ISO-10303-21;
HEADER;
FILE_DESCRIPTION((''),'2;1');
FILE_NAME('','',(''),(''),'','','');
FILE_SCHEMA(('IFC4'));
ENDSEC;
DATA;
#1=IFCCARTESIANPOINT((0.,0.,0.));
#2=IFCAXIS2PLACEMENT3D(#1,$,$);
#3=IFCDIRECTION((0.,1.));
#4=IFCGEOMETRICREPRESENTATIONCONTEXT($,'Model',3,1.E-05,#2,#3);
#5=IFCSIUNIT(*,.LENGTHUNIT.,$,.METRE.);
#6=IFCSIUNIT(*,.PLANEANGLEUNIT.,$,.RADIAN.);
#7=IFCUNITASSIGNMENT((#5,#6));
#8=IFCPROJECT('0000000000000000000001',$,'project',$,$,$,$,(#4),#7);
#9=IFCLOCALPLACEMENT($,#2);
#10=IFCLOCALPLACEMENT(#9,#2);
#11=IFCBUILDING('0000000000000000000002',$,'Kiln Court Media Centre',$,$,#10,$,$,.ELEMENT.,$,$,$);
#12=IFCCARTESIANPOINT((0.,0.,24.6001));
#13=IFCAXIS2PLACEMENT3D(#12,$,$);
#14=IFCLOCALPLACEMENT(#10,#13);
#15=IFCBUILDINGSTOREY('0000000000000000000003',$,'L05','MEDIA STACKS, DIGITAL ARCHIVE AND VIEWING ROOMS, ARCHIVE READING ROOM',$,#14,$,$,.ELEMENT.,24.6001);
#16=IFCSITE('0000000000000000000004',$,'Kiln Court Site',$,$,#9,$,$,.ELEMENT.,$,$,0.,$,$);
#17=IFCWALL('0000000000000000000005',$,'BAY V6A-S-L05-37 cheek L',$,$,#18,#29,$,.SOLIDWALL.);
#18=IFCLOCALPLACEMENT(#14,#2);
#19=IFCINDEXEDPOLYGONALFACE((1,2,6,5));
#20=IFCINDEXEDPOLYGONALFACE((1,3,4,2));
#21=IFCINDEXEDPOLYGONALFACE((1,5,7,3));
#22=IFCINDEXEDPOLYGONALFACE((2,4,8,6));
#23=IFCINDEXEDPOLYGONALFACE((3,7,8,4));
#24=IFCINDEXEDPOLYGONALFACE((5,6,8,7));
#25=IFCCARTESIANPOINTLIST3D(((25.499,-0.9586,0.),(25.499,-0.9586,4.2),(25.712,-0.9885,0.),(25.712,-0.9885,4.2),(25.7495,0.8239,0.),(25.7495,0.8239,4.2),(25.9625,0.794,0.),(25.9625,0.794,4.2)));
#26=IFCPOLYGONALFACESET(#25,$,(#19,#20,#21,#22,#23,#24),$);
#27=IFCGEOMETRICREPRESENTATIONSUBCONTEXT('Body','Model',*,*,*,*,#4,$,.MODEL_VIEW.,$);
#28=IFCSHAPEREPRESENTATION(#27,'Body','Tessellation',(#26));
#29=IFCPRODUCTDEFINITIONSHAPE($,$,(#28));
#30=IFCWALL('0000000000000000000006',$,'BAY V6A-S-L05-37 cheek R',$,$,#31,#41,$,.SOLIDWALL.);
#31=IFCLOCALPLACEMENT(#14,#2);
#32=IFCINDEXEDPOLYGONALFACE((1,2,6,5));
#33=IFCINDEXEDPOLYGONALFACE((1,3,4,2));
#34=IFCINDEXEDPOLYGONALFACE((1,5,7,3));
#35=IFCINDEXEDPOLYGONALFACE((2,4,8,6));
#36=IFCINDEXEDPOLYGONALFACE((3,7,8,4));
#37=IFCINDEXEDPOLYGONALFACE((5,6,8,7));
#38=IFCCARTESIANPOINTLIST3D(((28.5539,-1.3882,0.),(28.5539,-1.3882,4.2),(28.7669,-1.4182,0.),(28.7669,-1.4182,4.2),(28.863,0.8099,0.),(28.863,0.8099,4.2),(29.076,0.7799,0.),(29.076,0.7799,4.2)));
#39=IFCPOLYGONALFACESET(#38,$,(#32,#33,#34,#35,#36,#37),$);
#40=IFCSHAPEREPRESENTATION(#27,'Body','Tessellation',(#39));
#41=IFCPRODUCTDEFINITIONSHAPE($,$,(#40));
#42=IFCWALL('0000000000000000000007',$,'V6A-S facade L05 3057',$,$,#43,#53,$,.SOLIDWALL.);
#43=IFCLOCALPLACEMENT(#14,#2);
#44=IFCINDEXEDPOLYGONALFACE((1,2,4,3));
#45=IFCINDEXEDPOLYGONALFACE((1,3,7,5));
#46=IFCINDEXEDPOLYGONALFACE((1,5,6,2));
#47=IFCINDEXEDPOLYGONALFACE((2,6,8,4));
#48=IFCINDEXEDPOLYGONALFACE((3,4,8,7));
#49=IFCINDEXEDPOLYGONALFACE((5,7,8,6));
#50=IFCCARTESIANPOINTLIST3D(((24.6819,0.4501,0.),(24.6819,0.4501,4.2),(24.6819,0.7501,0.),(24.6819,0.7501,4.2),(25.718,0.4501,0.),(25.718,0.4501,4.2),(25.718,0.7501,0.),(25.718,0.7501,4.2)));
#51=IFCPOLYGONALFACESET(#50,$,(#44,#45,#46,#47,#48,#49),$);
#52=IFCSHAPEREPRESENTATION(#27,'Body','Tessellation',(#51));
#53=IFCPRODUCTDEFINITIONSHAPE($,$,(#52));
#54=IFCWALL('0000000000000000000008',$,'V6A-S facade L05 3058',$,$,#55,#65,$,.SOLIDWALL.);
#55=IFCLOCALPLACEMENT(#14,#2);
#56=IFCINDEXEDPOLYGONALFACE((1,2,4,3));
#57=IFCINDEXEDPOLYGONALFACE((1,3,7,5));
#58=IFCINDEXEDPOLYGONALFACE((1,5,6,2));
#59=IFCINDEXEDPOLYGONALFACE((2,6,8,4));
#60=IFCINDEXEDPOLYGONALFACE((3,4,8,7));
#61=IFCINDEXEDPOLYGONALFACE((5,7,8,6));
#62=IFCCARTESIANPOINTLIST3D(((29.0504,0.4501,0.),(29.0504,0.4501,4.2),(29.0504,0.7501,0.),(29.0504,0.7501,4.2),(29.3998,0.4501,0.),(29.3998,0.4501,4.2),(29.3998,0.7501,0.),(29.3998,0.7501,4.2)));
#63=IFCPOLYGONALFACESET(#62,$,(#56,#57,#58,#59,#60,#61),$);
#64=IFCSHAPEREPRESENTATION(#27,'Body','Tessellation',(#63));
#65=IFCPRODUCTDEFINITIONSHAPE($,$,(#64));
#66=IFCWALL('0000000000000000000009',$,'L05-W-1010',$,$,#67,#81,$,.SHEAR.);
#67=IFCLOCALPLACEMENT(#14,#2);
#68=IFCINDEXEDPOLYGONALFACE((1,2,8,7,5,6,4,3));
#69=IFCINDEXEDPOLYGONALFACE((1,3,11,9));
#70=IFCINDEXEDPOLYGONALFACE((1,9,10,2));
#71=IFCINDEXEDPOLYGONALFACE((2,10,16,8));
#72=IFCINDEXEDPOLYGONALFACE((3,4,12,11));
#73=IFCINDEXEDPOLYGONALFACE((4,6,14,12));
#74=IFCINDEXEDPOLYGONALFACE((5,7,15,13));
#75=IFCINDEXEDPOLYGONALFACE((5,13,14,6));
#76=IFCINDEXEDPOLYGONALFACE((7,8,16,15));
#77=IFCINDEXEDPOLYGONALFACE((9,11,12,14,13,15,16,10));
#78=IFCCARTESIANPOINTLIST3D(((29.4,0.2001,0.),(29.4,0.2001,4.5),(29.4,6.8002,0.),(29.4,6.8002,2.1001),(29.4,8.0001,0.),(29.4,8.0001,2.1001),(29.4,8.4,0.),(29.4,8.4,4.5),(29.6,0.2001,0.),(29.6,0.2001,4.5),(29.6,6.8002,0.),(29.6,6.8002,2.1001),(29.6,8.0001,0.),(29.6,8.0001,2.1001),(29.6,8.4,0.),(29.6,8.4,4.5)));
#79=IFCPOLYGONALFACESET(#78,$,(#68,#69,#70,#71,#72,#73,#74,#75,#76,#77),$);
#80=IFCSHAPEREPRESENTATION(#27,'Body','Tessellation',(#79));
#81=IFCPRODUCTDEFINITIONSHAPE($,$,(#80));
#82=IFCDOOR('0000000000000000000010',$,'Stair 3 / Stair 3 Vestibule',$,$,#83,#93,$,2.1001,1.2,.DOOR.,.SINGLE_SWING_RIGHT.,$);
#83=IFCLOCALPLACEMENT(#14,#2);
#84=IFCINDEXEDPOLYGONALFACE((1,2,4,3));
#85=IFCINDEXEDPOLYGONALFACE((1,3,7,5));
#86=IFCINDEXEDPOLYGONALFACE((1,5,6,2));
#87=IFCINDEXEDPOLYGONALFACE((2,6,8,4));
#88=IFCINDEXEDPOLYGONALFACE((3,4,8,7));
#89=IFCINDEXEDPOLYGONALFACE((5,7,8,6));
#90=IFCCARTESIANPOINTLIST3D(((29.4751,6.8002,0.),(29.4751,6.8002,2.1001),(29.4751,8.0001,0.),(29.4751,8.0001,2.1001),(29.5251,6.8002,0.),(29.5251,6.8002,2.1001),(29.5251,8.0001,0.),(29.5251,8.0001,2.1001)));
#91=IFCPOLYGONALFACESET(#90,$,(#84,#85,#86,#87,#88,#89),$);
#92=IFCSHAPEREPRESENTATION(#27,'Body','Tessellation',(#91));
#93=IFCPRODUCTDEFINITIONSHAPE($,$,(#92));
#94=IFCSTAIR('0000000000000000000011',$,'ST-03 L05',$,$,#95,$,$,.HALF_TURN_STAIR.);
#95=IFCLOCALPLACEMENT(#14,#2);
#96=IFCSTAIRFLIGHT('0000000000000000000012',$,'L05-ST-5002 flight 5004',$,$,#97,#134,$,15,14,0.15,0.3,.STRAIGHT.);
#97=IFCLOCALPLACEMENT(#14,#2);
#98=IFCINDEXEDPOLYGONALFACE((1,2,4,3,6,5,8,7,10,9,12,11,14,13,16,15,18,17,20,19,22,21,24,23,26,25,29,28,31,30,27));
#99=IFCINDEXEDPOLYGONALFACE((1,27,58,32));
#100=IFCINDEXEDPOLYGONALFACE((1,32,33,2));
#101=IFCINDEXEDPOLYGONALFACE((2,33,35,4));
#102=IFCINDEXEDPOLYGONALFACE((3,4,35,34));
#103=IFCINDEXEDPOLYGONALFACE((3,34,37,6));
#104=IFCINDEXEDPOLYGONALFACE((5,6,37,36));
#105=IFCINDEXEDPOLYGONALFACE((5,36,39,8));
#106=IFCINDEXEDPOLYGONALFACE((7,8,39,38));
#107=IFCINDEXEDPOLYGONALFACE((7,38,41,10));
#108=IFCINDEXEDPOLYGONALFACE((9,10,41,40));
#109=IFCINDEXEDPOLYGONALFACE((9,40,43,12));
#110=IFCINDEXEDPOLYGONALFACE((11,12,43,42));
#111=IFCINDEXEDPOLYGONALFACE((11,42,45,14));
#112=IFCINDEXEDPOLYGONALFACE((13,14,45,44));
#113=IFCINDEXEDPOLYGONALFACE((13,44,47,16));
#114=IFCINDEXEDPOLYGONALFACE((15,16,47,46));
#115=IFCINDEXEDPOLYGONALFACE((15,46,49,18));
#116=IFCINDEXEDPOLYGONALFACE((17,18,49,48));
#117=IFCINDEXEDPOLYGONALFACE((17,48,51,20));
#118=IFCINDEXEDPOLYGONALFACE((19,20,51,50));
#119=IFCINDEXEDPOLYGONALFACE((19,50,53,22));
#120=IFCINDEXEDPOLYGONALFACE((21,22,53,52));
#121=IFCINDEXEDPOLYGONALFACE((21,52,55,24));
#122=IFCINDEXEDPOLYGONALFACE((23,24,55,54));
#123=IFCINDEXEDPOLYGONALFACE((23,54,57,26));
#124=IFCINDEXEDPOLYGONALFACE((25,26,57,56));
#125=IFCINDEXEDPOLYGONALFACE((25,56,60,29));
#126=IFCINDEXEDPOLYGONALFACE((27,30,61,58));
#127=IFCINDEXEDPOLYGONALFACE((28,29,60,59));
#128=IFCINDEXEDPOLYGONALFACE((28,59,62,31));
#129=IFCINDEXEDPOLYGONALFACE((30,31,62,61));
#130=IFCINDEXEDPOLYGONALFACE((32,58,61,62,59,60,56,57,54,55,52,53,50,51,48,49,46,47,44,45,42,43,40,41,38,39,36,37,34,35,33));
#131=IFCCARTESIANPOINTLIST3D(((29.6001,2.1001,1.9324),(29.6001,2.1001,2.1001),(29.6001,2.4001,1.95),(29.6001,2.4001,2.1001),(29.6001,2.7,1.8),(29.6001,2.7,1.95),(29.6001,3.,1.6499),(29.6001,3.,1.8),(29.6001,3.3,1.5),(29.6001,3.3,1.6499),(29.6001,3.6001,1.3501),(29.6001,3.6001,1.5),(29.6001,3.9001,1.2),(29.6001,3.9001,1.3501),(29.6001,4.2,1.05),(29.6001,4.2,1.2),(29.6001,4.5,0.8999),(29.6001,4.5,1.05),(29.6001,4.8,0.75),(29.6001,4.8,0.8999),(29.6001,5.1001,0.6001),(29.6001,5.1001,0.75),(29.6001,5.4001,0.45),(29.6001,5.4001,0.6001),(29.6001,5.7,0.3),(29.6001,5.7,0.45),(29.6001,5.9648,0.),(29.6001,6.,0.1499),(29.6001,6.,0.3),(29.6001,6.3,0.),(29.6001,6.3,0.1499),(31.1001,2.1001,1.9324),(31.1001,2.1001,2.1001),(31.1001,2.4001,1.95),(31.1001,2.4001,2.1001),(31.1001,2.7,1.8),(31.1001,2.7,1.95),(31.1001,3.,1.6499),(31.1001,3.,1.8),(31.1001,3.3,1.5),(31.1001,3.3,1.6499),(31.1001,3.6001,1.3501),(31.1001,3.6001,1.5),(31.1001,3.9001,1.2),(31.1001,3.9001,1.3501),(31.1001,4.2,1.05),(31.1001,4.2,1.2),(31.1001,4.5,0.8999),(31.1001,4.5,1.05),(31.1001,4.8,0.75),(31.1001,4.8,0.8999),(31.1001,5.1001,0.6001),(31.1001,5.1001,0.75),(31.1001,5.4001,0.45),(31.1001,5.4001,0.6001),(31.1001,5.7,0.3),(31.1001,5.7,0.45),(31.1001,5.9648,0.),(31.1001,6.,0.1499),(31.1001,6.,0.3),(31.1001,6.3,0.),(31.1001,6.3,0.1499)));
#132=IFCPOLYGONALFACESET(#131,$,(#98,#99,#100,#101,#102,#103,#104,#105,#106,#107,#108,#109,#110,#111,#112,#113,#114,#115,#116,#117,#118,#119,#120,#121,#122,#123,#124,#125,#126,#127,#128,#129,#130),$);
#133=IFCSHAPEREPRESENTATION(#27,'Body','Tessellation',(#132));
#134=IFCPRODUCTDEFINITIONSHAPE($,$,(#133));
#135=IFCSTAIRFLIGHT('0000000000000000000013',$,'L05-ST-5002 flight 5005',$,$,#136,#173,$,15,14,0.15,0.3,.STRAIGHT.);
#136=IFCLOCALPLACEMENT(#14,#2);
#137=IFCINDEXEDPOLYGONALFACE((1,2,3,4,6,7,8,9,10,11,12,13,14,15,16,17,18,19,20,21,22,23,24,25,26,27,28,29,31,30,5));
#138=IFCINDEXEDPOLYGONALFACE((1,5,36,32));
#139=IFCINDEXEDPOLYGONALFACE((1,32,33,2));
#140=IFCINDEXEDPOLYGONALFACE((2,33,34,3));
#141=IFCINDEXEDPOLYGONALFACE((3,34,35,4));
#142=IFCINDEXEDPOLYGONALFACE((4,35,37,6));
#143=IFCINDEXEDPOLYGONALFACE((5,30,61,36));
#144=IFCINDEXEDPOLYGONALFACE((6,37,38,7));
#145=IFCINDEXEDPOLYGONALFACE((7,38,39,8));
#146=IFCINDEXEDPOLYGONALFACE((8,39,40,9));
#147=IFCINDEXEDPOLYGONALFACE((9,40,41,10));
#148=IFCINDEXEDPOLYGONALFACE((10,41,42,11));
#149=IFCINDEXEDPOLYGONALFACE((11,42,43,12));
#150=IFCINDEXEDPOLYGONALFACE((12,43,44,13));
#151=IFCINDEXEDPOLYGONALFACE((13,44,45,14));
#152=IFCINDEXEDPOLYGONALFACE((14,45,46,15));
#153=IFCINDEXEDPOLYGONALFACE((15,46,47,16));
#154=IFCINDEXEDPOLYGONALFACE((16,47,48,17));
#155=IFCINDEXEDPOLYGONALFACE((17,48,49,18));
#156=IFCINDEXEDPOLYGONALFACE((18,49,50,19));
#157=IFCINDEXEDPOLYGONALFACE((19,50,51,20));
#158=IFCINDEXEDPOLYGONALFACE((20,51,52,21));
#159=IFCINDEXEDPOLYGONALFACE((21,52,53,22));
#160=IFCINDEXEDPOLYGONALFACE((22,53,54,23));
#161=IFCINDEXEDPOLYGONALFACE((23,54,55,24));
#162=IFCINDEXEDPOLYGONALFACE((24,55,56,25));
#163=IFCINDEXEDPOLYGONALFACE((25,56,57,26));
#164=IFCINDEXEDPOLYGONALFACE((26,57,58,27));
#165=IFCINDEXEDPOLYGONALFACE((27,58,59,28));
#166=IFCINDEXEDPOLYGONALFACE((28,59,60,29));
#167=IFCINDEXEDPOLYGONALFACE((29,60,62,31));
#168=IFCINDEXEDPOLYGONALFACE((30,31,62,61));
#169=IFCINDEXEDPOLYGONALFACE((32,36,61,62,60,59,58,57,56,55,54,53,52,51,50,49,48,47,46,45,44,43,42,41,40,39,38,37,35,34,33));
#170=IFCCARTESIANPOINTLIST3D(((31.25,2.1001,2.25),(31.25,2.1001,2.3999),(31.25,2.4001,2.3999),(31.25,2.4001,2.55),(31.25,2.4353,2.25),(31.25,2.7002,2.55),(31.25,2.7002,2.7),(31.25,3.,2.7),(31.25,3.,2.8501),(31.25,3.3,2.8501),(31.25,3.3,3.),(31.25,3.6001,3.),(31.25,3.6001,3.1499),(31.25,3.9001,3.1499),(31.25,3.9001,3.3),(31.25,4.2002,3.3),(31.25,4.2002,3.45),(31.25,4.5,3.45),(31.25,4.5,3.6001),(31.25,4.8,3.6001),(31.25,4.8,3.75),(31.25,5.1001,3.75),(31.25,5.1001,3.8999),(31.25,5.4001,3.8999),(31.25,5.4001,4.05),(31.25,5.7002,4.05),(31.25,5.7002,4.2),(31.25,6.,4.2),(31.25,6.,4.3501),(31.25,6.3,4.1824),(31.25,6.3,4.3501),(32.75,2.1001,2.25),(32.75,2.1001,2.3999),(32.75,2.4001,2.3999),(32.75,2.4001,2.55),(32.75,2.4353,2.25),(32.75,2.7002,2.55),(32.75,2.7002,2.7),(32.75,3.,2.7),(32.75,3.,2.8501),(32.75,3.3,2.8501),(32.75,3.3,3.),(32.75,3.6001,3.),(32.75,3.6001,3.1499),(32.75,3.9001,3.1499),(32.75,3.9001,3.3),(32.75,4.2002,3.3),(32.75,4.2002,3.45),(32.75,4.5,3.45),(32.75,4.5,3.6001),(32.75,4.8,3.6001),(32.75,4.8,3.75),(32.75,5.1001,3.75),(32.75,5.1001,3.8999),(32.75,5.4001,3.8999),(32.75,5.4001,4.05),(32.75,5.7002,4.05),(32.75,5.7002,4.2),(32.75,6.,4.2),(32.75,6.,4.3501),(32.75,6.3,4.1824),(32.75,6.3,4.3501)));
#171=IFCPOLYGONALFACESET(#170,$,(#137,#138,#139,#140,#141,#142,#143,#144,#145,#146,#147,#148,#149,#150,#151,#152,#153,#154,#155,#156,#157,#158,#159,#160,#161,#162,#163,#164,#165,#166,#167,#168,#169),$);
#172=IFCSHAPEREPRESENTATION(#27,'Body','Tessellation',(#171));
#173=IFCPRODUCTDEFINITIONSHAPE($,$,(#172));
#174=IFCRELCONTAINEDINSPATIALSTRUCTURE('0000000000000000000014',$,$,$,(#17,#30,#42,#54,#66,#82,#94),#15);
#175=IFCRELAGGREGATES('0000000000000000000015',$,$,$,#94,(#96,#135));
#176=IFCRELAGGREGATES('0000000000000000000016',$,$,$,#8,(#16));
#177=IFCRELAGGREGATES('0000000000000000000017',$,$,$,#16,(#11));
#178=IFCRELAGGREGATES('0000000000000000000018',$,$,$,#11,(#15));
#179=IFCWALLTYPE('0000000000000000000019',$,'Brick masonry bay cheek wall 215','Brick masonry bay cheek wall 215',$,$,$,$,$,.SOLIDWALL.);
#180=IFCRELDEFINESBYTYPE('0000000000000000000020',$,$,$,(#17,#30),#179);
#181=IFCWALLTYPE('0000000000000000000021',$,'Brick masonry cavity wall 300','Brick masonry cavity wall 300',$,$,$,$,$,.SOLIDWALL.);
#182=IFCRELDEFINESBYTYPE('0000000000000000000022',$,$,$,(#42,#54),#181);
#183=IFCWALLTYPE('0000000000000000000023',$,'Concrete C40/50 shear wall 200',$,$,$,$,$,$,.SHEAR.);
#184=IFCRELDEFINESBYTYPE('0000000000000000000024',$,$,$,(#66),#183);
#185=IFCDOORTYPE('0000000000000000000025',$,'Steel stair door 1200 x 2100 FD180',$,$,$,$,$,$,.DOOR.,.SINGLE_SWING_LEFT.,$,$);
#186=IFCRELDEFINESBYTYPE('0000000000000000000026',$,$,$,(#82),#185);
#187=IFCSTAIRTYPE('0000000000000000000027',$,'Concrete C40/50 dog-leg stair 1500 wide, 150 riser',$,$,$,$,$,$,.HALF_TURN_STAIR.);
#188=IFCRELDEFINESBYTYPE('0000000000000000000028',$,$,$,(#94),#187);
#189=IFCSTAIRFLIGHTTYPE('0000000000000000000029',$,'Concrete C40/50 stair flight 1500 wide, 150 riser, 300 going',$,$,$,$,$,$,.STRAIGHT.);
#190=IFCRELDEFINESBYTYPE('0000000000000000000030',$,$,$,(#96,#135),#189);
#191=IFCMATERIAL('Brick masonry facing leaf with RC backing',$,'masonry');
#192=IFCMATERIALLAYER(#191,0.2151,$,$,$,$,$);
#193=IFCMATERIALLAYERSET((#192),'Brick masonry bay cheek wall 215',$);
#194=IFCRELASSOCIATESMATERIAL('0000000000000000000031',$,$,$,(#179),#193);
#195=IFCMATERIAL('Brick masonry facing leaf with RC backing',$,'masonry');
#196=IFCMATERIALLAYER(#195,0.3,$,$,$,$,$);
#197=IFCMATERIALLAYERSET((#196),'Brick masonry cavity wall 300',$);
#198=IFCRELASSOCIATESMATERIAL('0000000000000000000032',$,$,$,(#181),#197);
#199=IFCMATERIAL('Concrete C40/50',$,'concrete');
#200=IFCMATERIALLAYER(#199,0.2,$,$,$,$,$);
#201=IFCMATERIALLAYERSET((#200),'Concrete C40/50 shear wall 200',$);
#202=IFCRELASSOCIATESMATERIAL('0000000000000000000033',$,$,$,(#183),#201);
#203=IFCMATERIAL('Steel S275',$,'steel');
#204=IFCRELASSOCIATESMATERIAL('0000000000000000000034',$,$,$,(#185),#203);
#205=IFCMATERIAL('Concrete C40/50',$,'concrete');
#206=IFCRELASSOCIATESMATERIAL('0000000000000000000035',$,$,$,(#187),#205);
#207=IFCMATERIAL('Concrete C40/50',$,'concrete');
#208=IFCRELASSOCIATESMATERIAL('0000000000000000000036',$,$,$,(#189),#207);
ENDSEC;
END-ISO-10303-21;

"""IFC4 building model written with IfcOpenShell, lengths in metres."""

from ifc_helpers import new_model, si_unit, direction, frame, frame_2d, origin, place, context, subcontext, project, spatial, polyline, rectangle, outline, extrude, material, layer, layer_set, type_object, element, fill, aggregate, save


model = new_model("IFC4")

# Units and contexts
model_context = context("Model", 3, precision=1e-05, world=origin(), true_north=direction((0.0, 1.0)))
body_context = subcontext(model_context, "Body", "Model", "MODEL_VIEW")
ifc_project = project(units=[si_unit("LENGTHUNIT", "METRE"), si_unit("PLANEANGLEUNIT", "RADIAN")], contexts=[model_context])

# Site, building, storey
site_placement = place(None, origin())
site = spatial("IfcSite", under=ifc_project, at=site_placement, Name="Kiln Court Site", CompositionType="ELEMENT", RefElevation=0.0)
building_placement = place(site_placement, origin())
building = spatial("IfcBuilding", under=site, at=building_placement, Name="Kiln Court Media Centre", CompositionType="ELEMENT")
storey_placement = place(building_placement, frame((0.0, 0.0, 24.6001)))
storey = spatial("IfcBuildingStorey", under=building, at=storey_placement, Name="L05", Description="MEDIA STACKS, DIGITAL ARCHIVE AND VIEWING ROOMS, ARCHIVE READING ROOM", CompositionType="ELEMENT", Elevation=24.6001)

# Walls
ifc_material_1 = material(Name="Brick masonry facing leaf with RC backing", Category="masonry")
ifc_layer_1 = layer(ifc_material_1, 0.2151)
ifc_layer_set_1 = layer_set([ifc_layer_1], Name="Brick masonry bay cheek wall 215")
wall_type_1 = type_object("IfcWallType", Name="Brick masonry bay cheek wall 215", Description="Brick masonry bay cheek wall 215", PredefinedType="SOLIDWALL", material=ifc_layer_set_1)
wall_1_placement = place(storey_placement, frame((25.856, 0.8088, 0.0), z_axis=(0.0, 0.0, 1.0), x_axis=(-0.139161, -0.99027, 0.0)))
element("IfcWall", 1, at=wall_1_placement, inside=storey, type_object=wall_type_1, Name="BAY V6A-S-L05-37 cheek L", PredefinedType="SOLIDWALL", context=body_context, shape_type="SweptSolid", body=[
    extrude(rectangle(XDim=1.8, YDim=0.2151, at=frame_2d((0.8999, 0.0))), origin(), (0.0, 0.0, 1.0), 4.2),
])
wall_2_placement = place(storey_placement, frame((28.9695, 0.7949, 0.0), z_axis=(0.0, 0.0, 1.0), x_axis=(-0.13925, -0.990257, 0.0)))
element("IfcWall", 2, at=wall_2_placement, inside=storey, type_object=wall_type_1, Name="BAY V6A-S-L05-37 cheek R", PredefinedType="SOLIDWALL", context=body_context, shape_type="SweptSolid", body=[
    extrude(rectangle(XDim=2.2197, YDim=0.2151, at=frame_2d((1.1099, 0.0))), origin(), (0.0, 0.0, 1.0), 4.2),
])
ifc_material_2 = material(Name="Brick masonry facing leaf with RC backing", Category="masonry")
ifc_layer_2 = layer(ifc_material_2, 0.3)
ifc_layer_set_2 = layer_set([ifc_layer_2], Name="Brick masonry cavity wall 300")
wall_type_2 = type_object("IfcWallType", Name="Brick masonry cavity wall 300", Description="Brick masonry cavity wall 300", PredefinedType="SOLIDWALL", material=ifc_layer_set_2)
wall_3_placement = place(storey_placement, frame((25.718, 0.6001, 0.0), z_axis=(0.0, 0.0, 1.0), x_axis=(-1.0, 0.0, 0.0)))
element("IfcWall", 3, at=wall_3_placement, inside=storey, type_object=wall_type_2, Name="V6A-S facade L05 3057", PredefinedType="SOLIDWALL", context=body_context, shape_type="SweptSolid", body=[
    extrude(rectangle(XDim=1.0361, YDim=0.3, at=frame_2d((0.5181, 0.0))), origin(), (0.0, 0.0, 1.0), 4.2),
])
wall_4_placement = place(storey_placement, frame((29.3999, 0.6001, 0.0), z_axis=(0.0, 0.0, 1.0), x_axis=(-1.0, 0.0, 0.0)))
element("IfcWall", 4, at=wall_4_placement, inside=storey, type_object=wall_type_2, Name="V6A-S facade L05 3058", PredefinedType="SOLIDWALL", context=body_context, shape_type="SweptSolid", body=[
    extrude(rectangle(XDim=0.3494, YDim=0.3, at=frame_2d((0.1748, 0.0))), origin(), (0.0, 0.0, 1.0), 4.2),
])

# Wall, opening, door
ifc_material_3 = material(Name="Concrete C40/50", Category="concrete")
ifc_layer_3 = layer(ifc_material_3, 0.2)
ifc_layer_set_3 = layer_set([ifc_layer_3], Name="Concrete C40/50 shear wall 200")
wall_type_3 = type_object("IfcWallType", Name="Concrete C40/50 shear wall 200", PredefinedType="SHEAR", material=ifc_layer_set_3)
wall_5_placement = place(storey_placement, frame((29.5, 0.2, 0.0), z_axis=(0.0, 0.0, 1.0), x_axis=(0.0, 1.0, 0.0)))
wall_5 = element("IfcWall", 5, at=wall_5_placement, inside=storey, type_object=wall_type_3, Name="L05-W-1010", PredefinedType="SHEAR", context=body_context, shape_type="SweptSolid", body=[
    extrude(rectangle(XDim=8.2, YDim=0.2, at=frame_2d((4.1001, 0.0))), origin(), (0.0, 0.0, 1.0), 4.5),
])
opening_1_placement = place(wall_5_placement, frame((6.6001, 0.0, 0.0)))
opening_1 = element("IfcOpeningElement", 6, at=opening_1_placement, cuts=wall_5, PredefinedType="OPENING", context=body_context, shape_type="SweptSolid", body=[
    extrude(rectangle(XDim=1.2, YDim=2.1001, at=frame_2d((0.6001, 1.05))), frame((0.0, 0.1099, 0.0), z_axis=(0.0, -1.0, 0.0), x_axis=(1.0, 0.0, 0.0)), (0.0, 0.0, 1.0), 0.22),
])
ifc_material_4 = material(Name="Steel S275", Category="steel")
door_type_1 = type_object("IfcDoorType", Name="Steel stair door 1200 x 2100 FD180", OperationType="SINGLE_SWING_LEFT", PredefinedType="DOOR", material=ifc_material_4)
door_1_placement = place(opening_1_placement, origin())
door_1 = element("IfcDoor", 7, at=door_1_placement, inside=storey, type_object=door_type_1, Name="Stair 3 / Stair 3 Vestibule", OperationType="SINGLE_SWING_RIGHT", OverallHeight=2.1001, OverallWidth=1.2, PredefinedType="DOOR", context=body_context, shape_type="SweptSolid", body=[
    extrude(rectangle(XDim=1.2, YDim=2.1001, at=frame_2d((0.6001, 1.05))), frame((0.0, 0.0249, 0.0), z_axis=(0.0, -1.0, 0.0), x_axis=(1.0, 0.0, 0.0)), (0.0, 0.0, 1.0), 0.05),
])
fill(opening_1, door_1)

# Stair, stair flights
ifc_material_5 = material(Name="Concrete C40/50", Category="concrete")
stair_type = type_object("IfcStairType", Name="Concrete C40/50 dog-leg stair 1500 wide, 150 riser", PredefinedType="HALF_TURN_STAIR", material=ifc_material_5)
stair_placement = place(storey_placement, origin())
stair = element("IfcStair", 8, at=stair_placement, inside=storey, type_object=stair_type, Name="ST-03 L05", PredefinedType="HALF_TURN_STAIR")
ifc_material_6 = material(Name="Concrete C40/50", Category="concrete")
stair_flight_type = type_object("IfcStairFlightType", Name="Concrete C40/50 stair flight 1500 wide, 150 riser, 300 going", PredefinedType="STRAIGHT", material=ifc_material_6)
stair_flight_1_placement = place(storey_placement, frame((30.3501, 6.3, 0.0), z_axis=(0.0, 0.0, 1.0), x_axis=(0.0, -1.0, 0.0)))
stair_flight_1 = element("IfcStairFlight", 9, at=stair_flight_1_placement, type_object=stair_flight_type, Name="L05-ST-5002 flight 5004", NumberOfRisers=15, NumberOfTreads=14, PredefinedType="STRAIGHT", RiserHeight=0.15, TreadLength=0.3, context=body_context, shape_type="SweptSolid", body=[
    extrude(outline(polyline([(0.0, 0.0), (0.0, 0.1499), (0.3, 0.1499), (0.3, 0.3), (0.6001, 0.3), (0.6001, 0.45), (0.8999, 0.45), (0.8999, 0.6001), (1.2, 0.6001), (1.2, 0.75), (1.5, 0.75), (1.5, 0.8999), (1.8, 0.8999), (1.8, 1.05), (2.1001, 1.05), (2.1001, 1.2), (2.3999, 1.2), (2.3999, 1.3501), (2.7, 1.3501), (2.7, 1.5), (3.0, 1.5), (3.0, 1.6499), (3.3, 1.6499), (3.3, 1.8), (3.6001, 1.8), (3.6001, 1.95), (3.8999, 1.95), (3.8999, 2.1001), (4.2, 2.1001), (4.2, 2.25), (4.2, 1.9324), (0.3352, 0.0), (0.0, 0.0)])), frame((0.0, 0.75, 0.0), z_axis=(0.0, -1.0, 0.0), x_axis=(1.0, 0.0, 0.0)), (0.0, 0.0, 1.0), 1.5),
])
stair_flight_2_placement = place(storey_placement, frame((32.0, 2.1001, 2.25), z_axis=(0.0, 0.0, 1.0), x_axis=(0.0, 1.0, 0.0)))
stair_flight_2 = element("IfcStairFlight", 10, at=stair_flight_2_placement, type_object=stair_flight_type, Name="L05-ST-5002 flight 5005", NumberOfRisers=15, NumberOfTreads=14, PredefinedType="STRAIGHT", RiserHeight=0.15, TreadLength=0.3, context=body_context, shape_type="SweptSolid", body=[
    extrude(outline(polyline([(0.0, 0.0), (0.0, 0.1499), (0.3, 0.1499), (0.3, 0.3), (0.6001, 0.3), (0.6001, 0.45), (0.8999, 0.45), (0.8999, 0.6001), (1.2, 0.6001), (1.2, 0.75), (1.5, 0.75), (1.5, 0.8999), (1.8, 0.8999), (1.8, 1.05), (2.1001, 1.05), (2.1001, 1.2), (2.3999, 1.2), (2.3999, 1.3501), (2.7, 1.3501), (2.7, 1.5), (3.0, 1.5), (3.0, 1.6499), (3.3, 1.6499), (3.3, 1.8), (3.6001, 1.8), (3.6001, 1.95), (3.8999, 1.95), (3.8999, 2.1001), (4.2, 2.1001), (4.2, 2.25), (4.2, 1.9324), (0.3352, 0.0), (0.0, 0.0)])), frame((0.0, 0.75, 0.0), z_axis=(0.0, -1.0, 0.0), x_axis=(1.0, 0.0, 0.0)), (0.0, 0.0, 1.0), 1.5),
])
aggregate(stair, [stair_flight_1, stair_flight_2])

save(model, "model.ifc")
